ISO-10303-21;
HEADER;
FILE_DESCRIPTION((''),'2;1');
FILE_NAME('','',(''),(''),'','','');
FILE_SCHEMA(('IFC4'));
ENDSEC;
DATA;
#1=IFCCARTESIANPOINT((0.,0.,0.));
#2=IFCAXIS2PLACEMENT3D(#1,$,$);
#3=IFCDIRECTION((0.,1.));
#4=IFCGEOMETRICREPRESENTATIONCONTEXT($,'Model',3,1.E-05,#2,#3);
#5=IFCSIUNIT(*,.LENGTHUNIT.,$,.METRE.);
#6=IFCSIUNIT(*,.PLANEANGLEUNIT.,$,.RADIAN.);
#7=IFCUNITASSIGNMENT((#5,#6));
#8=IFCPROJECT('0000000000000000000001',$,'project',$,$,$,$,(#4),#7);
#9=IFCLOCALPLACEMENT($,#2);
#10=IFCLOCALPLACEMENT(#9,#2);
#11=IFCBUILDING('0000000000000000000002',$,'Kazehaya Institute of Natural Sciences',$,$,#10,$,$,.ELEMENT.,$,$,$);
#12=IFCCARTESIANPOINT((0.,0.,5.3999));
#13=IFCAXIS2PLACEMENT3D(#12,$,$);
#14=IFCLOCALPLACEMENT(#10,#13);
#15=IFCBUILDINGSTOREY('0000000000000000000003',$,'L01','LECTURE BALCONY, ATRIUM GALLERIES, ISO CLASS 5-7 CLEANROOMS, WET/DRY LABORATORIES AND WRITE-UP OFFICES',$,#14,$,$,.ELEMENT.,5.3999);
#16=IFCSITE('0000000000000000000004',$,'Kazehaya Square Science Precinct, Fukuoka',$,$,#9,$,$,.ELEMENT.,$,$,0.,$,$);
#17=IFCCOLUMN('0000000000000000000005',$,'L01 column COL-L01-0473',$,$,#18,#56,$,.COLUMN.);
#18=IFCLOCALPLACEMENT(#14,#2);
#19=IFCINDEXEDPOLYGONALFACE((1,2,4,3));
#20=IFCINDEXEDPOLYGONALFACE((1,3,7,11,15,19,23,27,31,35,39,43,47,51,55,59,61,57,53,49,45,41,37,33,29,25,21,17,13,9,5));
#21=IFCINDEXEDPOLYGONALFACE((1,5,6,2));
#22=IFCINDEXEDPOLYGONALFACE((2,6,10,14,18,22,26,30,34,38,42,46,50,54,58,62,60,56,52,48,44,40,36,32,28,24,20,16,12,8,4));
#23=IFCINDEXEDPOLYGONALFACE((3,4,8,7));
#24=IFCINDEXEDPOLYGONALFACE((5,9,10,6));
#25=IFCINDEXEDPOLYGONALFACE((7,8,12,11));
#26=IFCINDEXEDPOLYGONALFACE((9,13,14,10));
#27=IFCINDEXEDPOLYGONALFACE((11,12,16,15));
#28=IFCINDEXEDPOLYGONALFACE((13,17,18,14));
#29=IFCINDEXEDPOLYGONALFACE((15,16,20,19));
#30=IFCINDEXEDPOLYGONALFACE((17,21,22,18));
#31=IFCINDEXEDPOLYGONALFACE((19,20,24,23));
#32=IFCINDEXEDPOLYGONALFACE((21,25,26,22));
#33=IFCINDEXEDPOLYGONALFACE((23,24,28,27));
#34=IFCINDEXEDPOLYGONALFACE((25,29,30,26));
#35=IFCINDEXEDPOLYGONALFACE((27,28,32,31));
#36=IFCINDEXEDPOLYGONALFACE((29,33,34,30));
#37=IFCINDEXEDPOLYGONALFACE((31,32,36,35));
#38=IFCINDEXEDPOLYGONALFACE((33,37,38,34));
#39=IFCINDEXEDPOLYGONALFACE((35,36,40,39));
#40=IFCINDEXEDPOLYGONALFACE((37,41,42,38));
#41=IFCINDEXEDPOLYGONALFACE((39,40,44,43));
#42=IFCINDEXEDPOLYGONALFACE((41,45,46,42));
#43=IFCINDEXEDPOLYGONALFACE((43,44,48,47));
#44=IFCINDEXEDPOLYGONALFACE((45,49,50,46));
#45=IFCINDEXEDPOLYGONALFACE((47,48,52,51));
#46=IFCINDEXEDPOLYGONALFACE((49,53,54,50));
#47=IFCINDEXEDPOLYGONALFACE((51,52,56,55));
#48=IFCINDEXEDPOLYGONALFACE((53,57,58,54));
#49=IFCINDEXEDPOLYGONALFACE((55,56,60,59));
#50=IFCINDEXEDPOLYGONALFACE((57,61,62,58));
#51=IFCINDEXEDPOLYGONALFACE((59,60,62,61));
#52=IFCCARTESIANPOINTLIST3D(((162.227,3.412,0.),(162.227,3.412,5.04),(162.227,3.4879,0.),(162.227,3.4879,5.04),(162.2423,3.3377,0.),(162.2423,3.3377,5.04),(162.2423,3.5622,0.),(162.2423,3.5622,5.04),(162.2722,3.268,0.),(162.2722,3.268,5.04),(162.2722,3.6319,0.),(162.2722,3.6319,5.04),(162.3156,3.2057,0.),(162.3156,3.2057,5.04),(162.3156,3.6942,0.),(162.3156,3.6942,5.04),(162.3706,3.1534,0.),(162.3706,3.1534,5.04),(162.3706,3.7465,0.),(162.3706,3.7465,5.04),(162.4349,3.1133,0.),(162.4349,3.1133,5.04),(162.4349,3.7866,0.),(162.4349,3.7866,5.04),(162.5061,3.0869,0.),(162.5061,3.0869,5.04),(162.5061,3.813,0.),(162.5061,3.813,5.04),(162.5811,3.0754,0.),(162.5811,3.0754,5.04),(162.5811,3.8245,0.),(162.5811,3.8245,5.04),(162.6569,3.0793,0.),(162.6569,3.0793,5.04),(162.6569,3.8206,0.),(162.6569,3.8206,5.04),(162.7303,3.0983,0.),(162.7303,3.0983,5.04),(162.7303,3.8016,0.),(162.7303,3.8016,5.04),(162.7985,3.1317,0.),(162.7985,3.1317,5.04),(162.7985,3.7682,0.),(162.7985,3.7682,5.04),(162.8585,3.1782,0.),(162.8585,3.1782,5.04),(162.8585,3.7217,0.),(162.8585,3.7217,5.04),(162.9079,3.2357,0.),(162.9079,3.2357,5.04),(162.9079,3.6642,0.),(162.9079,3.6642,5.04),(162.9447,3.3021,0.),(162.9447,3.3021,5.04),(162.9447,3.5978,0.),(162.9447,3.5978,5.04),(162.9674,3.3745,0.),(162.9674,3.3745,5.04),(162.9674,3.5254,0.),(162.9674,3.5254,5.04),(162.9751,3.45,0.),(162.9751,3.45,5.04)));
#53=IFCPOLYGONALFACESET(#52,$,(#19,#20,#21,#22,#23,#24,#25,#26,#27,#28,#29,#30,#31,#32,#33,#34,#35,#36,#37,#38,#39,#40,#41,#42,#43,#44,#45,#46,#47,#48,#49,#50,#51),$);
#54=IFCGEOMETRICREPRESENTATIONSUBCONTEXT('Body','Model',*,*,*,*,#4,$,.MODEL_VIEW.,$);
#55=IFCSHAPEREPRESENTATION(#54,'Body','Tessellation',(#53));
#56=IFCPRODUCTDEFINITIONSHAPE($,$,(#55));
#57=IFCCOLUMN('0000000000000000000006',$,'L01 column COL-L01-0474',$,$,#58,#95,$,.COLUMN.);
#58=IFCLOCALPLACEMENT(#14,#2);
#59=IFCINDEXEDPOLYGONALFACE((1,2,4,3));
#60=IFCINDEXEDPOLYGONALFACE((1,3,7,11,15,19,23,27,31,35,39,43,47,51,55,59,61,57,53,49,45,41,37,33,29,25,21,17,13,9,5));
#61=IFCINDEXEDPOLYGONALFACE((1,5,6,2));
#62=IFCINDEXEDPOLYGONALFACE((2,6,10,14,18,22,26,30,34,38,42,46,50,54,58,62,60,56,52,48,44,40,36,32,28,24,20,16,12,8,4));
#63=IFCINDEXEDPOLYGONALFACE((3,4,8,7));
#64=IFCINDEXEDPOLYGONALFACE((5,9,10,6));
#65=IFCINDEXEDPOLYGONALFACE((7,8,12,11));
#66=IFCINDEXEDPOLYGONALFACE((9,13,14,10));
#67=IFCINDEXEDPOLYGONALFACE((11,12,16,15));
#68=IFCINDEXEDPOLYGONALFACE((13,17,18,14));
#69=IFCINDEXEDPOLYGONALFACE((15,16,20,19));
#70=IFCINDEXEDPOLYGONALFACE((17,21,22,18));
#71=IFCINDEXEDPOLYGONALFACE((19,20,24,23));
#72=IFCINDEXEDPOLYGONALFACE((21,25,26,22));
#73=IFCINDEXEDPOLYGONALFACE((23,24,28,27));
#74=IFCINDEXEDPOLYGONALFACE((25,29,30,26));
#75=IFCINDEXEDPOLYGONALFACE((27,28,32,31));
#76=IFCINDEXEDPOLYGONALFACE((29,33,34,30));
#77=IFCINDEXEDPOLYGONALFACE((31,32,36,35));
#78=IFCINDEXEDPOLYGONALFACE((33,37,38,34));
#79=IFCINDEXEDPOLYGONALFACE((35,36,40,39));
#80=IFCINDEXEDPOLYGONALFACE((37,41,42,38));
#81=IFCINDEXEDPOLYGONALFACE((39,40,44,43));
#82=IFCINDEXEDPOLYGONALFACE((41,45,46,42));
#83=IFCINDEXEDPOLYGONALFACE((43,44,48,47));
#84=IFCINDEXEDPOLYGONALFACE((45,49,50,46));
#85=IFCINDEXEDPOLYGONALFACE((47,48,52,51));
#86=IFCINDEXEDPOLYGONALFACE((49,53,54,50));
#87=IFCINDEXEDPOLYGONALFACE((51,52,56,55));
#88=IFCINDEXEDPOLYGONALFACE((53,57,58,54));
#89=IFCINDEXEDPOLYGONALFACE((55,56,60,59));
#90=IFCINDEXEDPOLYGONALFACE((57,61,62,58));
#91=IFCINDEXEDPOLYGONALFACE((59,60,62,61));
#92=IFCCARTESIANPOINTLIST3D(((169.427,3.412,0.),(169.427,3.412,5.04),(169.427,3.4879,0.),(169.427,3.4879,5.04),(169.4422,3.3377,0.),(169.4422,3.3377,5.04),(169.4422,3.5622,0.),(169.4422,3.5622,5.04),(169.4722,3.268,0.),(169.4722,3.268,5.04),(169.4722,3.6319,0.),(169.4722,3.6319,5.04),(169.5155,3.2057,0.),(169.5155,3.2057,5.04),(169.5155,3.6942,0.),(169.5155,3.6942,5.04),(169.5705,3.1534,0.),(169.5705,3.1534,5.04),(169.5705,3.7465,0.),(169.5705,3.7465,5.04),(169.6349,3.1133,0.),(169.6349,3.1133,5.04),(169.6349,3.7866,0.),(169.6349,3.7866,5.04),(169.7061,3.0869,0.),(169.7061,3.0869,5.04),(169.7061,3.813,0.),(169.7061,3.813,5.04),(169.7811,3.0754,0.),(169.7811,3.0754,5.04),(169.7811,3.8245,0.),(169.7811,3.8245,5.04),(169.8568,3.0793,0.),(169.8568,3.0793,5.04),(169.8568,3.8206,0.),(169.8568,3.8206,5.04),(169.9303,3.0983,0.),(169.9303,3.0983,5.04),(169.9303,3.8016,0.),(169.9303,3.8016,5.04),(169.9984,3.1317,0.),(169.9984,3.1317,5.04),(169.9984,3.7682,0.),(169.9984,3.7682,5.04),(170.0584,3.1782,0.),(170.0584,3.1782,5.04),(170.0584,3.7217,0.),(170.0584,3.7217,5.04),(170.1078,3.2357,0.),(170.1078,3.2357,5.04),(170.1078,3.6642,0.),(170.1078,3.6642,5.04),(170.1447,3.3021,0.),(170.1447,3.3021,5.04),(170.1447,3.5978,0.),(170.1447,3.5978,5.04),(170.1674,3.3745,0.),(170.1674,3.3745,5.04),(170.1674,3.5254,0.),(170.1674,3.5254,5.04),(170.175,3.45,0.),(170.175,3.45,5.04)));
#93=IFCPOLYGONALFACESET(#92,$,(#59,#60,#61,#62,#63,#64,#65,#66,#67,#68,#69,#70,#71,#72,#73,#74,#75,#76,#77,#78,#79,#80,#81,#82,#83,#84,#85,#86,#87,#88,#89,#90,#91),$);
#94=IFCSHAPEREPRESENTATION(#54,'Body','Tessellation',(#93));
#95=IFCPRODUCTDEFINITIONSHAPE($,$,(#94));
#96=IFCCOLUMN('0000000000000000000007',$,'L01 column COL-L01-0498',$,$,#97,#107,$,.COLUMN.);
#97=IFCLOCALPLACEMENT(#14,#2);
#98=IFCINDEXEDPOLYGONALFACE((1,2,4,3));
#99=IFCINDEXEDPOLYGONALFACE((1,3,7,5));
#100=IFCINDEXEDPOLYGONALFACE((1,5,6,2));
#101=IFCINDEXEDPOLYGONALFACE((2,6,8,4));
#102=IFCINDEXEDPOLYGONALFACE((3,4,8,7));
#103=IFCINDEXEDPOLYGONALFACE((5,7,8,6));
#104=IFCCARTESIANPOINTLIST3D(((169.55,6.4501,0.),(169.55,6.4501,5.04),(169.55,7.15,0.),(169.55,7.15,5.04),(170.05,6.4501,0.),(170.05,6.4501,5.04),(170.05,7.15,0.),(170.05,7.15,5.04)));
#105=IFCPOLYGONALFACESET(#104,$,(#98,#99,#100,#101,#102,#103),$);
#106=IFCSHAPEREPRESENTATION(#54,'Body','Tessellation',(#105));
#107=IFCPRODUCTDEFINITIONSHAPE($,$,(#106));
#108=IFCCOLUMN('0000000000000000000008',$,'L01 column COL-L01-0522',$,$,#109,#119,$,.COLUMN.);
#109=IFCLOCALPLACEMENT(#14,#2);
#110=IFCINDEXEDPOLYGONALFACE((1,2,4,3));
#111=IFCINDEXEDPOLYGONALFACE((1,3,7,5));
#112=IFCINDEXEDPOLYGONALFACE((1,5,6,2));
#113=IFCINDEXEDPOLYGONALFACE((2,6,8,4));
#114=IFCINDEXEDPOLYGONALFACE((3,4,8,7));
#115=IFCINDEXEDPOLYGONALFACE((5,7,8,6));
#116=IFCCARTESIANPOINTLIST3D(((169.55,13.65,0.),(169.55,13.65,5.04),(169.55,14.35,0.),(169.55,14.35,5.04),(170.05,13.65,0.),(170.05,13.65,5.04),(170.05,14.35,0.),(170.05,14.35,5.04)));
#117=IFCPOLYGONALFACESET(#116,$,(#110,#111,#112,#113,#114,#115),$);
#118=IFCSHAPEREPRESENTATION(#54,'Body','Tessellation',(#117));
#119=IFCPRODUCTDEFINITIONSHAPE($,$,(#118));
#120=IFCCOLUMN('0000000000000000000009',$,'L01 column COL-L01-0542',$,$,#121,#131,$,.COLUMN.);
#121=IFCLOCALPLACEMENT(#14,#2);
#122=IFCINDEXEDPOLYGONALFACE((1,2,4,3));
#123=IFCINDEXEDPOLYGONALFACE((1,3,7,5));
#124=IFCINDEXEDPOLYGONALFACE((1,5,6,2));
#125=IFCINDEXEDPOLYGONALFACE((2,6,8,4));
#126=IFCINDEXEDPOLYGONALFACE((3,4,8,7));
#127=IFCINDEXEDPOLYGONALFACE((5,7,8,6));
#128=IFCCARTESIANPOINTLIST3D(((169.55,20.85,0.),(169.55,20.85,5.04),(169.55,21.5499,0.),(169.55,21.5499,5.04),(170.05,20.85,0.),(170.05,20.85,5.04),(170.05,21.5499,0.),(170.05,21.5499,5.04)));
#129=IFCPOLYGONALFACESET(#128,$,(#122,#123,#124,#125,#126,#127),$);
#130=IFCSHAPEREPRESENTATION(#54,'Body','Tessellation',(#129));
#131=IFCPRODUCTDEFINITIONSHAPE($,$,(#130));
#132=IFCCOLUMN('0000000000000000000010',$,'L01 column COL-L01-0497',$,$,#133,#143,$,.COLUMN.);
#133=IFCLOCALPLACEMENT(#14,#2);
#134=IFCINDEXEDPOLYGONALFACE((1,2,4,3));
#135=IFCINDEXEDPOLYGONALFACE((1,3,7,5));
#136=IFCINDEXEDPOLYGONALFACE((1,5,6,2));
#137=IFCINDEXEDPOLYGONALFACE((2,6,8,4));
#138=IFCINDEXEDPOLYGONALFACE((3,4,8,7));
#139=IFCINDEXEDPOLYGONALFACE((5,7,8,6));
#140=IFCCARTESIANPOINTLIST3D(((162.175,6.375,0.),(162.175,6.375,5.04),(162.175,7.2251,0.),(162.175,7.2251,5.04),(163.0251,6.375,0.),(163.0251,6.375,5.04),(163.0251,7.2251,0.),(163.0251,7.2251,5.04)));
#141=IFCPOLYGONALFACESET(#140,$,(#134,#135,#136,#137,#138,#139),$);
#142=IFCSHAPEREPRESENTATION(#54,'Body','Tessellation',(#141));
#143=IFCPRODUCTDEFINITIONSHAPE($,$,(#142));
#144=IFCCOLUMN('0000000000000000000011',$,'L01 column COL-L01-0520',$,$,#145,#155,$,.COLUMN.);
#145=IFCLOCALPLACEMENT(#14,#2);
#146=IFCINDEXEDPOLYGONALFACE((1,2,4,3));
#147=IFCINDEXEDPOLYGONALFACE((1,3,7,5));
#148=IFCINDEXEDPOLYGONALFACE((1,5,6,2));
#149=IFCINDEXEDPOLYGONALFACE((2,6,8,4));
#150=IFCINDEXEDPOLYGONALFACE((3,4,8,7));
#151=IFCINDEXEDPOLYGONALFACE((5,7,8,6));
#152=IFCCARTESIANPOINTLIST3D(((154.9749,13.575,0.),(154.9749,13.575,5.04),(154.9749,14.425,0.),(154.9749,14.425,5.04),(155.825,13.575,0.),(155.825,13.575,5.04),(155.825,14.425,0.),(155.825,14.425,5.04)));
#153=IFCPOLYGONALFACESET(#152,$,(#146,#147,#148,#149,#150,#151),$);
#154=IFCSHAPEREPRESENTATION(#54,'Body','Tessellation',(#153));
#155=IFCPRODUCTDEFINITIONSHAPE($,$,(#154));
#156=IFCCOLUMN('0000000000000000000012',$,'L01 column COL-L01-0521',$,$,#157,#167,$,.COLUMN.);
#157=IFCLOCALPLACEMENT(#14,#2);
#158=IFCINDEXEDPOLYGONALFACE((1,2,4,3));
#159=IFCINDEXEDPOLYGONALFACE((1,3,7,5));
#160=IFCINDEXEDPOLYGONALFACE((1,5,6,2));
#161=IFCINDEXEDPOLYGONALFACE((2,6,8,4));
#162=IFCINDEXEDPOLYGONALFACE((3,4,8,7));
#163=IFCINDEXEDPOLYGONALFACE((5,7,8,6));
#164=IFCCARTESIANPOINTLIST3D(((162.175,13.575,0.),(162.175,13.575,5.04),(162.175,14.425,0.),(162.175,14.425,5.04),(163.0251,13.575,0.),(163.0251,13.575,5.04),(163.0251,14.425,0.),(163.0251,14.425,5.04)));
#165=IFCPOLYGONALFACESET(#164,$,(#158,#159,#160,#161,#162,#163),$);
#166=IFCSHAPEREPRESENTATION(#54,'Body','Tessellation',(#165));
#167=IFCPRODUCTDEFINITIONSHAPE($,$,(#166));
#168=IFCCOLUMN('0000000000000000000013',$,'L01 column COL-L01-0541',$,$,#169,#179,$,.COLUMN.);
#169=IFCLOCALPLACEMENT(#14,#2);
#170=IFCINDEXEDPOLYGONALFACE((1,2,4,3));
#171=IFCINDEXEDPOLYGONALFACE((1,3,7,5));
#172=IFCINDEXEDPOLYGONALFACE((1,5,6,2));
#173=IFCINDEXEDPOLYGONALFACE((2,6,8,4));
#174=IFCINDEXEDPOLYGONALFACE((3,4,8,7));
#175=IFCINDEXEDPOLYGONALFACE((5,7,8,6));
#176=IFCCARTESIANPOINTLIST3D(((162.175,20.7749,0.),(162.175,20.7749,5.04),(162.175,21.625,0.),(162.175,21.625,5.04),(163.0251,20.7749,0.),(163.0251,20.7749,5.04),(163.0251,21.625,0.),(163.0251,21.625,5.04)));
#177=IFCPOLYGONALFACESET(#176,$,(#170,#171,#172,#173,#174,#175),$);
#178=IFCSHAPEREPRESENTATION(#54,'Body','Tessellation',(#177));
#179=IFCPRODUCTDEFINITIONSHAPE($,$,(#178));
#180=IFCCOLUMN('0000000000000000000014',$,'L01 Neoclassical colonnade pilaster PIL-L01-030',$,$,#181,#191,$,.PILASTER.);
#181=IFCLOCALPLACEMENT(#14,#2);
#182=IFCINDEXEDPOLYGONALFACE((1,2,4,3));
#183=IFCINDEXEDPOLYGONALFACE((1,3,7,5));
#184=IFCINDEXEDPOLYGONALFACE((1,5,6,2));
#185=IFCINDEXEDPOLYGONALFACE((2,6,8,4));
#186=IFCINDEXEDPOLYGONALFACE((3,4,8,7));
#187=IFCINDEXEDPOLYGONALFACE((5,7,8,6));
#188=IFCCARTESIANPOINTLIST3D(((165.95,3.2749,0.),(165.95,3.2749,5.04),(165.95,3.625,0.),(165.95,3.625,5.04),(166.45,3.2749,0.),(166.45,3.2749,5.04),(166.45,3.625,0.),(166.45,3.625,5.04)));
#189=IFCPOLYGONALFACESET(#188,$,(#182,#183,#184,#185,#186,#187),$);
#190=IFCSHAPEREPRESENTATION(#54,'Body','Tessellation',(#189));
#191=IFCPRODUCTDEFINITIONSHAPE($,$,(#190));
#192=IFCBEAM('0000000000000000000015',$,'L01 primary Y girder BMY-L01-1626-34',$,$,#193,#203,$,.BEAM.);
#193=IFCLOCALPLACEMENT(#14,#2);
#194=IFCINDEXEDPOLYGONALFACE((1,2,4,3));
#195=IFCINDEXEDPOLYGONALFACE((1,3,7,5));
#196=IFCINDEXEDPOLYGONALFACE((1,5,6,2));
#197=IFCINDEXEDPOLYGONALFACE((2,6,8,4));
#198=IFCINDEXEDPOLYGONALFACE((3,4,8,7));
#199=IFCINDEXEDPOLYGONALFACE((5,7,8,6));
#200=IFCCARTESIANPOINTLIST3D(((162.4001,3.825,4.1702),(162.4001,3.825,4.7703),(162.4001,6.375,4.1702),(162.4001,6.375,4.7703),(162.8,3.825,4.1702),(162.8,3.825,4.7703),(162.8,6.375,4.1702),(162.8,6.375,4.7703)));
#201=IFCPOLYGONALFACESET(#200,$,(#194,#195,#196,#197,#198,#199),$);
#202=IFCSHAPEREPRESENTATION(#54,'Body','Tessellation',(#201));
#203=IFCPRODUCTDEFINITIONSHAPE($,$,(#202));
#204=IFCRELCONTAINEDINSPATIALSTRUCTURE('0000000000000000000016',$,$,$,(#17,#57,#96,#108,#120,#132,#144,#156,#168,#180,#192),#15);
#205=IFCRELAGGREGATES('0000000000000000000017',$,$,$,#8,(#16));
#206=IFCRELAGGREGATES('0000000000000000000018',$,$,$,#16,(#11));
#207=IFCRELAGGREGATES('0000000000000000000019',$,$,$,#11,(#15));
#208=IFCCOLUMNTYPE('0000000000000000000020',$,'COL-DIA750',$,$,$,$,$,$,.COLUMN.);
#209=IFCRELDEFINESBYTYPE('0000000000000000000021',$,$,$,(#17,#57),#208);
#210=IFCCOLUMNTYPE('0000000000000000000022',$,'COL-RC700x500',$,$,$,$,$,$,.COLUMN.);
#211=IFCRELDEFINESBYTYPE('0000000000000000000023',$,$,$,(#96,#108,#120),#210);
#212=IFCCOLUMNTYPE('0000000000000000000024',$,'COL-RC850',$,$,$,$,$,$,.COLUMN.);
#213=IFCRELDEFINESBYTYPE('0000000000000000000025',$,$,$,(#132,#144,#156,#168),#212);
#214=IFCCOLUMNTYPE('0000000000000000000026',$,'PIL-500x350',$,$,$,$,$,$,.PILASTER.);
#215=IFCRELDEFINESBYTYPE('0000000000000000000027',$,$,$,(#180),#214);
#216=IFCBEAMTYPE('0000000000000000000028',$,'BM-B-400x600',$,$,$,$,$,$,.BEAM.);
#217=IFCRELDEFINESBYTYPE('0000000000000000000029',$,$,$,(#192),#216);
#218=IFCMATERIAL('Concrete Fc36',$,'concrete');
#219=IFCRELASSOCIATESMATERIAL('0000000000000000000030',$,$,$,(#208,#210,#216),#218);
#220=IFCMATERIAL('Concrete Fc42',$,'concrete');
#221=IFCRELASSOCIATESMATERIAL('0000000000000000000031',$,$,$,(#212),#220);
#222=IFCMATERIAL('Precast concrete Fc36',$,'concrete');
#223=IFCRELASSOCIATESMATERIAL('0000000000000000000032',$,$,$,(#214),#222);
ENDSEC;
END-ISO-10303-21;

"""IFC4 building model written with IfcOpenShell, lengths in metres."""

from ifc_helpers import new_model, si_unit, direction, frame, origin, origin_2d, place, context, subcontext, project, spatial, rectangle, circle, extrude, material, material_profile, profile_set, type_object, element, save


model = new_model("IFC4")

# Units and contexts
model_context = context("Model", 3, precision=1e-05, world=origin(), true_north=direction((0.0, 1.0)))
body_context = subcontext(model_context, "Body", "Model", "MODEL_VIEW")
ifc_project = project(units=[si_unit("LENGTHUNIT", "METRE"), si_unit("PLANEANGLEUNIT", "RADIAN")], contexts=[model_context])

# Site, building, storey
site_placement = place(None, origin())
site = spatial("IfcSite", under=ifc_project, at=site_placement, Name="Kazehaya Square Science Precinct, Fukuoka", CompositionType="ELEMENT", RefElevation=0.0)
building_placement = place(site_placement, origin())
building = spatial("IfcBuilding", under=site, at=building_placement, Name="Kazehaya Institute of Natural Sciences", CompositionType="ELEMENT")
storey_placement = place(building_placement, frame((0.0, 0.0, 5.3999)))
storey = spatial("IfcBuildingStorey", under=building, at=storey_placement, Name="L01", Description="LECTURE BALCONY, ATRIUM GALLERIES, ISO CLASS 5-7 CLEANROOMS, WET/DRY LABORATORIES AND WRITE-UP OFFICES", CompositionType="ELEMENT", Elevation=5.3999)

# Columns
ifc_material_1 = material(Name="Concrete Fc36", Category="concrete")
ifc_material_profile_1 = material_profile(ifc_material_1, circle(Radius=0.375, at=origin_2d()), Name="RC-DIA750")
ifc_profile_set_1 = profile_set([ifc_material_profile_1], Name="Concrete Fc36")
column_type_1 = type_object("IfcColumnType", Name="COL-DIA750", PredefinedType="COLUMN", material=ifc_profile_set_1)
for number, where, z_axis, x_axis, name in (
    (1, (162.6001, 3.45, 0.0), (0.0, 0.0, 1.0), (1.0, 0.0, 0.0), "L01 column COL-L01-0473"),
    (2, (169.8, 3.45, 0.0), (0.0, 0.0, 1.0), (1.0, 0.0, 0.0), "L01 column COL-L01-0474"),
):
    element("IfcColumn", number, at=place(storey_placement, frame(where, z_axis=z_axis, x_axis=x_axis)), inside=storey, type_object=column_type_1, Name=name, PredefinedType="COLUMN", context=body_context, shape_type="SweptSolid", body=[
        extrude(circle(Radius=0.375, at=origin_2d()), origin(), (0.0, 0.0, 1.0), 5.04),
    ])
ifc_material_profile_2 = material_profile(ifc_material_1, rectangle(XDim=0.5, YDim=0.7, at=origin_2d()), Name="RC-700x500")
ifc_profile_set_2 = profile_set([ifc_material_profile_2], Name="Concrete Fc36")
column_type_2 = type_object("IfcColumnType", Name="COL-RC700x500", PredefinedType="COLUMN", material=ifc_profile_set_2)
for number, where, z_axis, x_axis, name in (
    (3, (169.8, 6.8, 0.0), (0.0, 0.0, 1.0), (1.0, 0.0, 0.0), "L01 column COL-L01-0498"),
    (4, (169.8, 14.0, 0.0), (0.0, 0.0, 1.0), (1.0, 0.0, 0.0), "L01 column COL-L01-0522"),
    (5, (169.8, 21.2, 0.0), (0.0, 0.0, 1.0), (1.0, 0.0, 0.0), "L01 column COL-L01-0542"),
):
    element("IfcColumn", number, at=place(storey_placement, frame(where, z_axis=z_axis, x_axis=x_axis)), inside=storey, type_object=column_type_2, Name=name, PredefinedType="COLUMN", context=body_context, shape_type="SweptSolid", body=[
        extrude(rectangle(XDim=0.5, YDim=0.7, at=origin_2d()), origin(), (0.0, 0.0, 1.0), 5.04),
    ])
ifc_material_2 = material(Name="Concrete Fc42", Category="concrete")
ifc_material_profile_3 = material_profile(ifc_material_2, rectangle(XDim=0.8501, YDim=0.8501, at=origin_2d()), Name="RC-850x850")
ifc_profile_set_3 = profile_set([ifc_material_profile_3], Name="Concrete Fc42")
column_type_3 = type_object("IfcColumnType", Name="COL-RC850", PredefinedType="COLUMN", material=ifc_profile_set_3)
for number, where, z_axis, x_axis, name in (
    (6, (162.6001, 6.8, 0.0), (0.0, 0.0, 1.0), (1.0, 0.0, 0.0), "L01 column COL-L01-0497"),
    (7, (155.3999, 14.0, 0.0), (0.0, 0.0, 1.0), (1.0, 0.0, 0.0), "L01 column COL-L01-0520"),
    (8, (162.6001, 14.0, 0.0), (0.0, 0.0, 1.0), (1.0, 0.0, 0.0), "L01 column COL-L01-0521"),
    (9, (162.6001, 21.2, 0.0), (0.0, 0.0, 1.0), (1.0, 0.0, 0.0), "L01 column COL-L01-0541"),
):
    element("IfcColumn", number, at=place(storey_placement, frame(where, z_axis=z_axis, x_axis=x_axis)), inside=storey, type_object=column_type_3, Name=name, PredefinedType="COLUMN", context=body_context, shape_type="SweptSolid", body=[
        extrude(rectangle(XDim=0.8501, YDim=0.8501, at=origin_2d()), origin(), (0.0, 0.0, 1.0), 5.04),
    ])
ifc_material_3 = material(Name="Precast concrete Fc36", Category="concrete")
ifc_material_profile_4 = material_profile(ifc_material_3, rectangle(XDim=0.5, YDim=0.3501, at=origin_2d()), Name="RC-PIL-500x350")
ifc_profile_set_4 = profile_set([ifc_material_profile_4], Name="Precast concrete Fc36")
column_type_4 = type_object("IfcColumnType", Name="PIL-500x350", PredefinedType="PILASTER", material=ifc_profile_set_4)
column_placement = place(storey_placement, frame((166.2, 3.45, 0.0), z_axis=(0.0, 0.0, 1.0), x_axis=(1.0, 0.0, 0.0)))
element("IfcColumn", 10, at=column_placement, inside=storey, type_object=column_type_4, Name="L01 Neoclassical colonnade pilaster PIL-L01-030", PredefinedType="PILASTER", context=body_context, shape_type="SweptSolid", body=[
    extrude(rectangle(XDim=0.5, YDim=0.3501, at=origin_2d()), origin(), (0.0, 0.0, 1.0), 5.04),
])

# Beam
ifc_material_profile_5 = material_profile(ifc_material_1, rectangle(XDim=0.3999, YDim=0.6001, at=origin_2d()), Name="RC-400x600")
ifc_profile_set_5 = profile_set([ifc_material_profile_5], Name="Concrete Fc36")
beam_type_1 = type_object("IfcBeamType", Name="BM-B-400x600", PredefinedType="BEAM", material=ifc_profile_set_5)
beam_1_placement = place(storey_placement, frame((162.6001, 3.825, 4.4702), z_axis=(0.0, 1.0, 0.0), x_axis=(-1.0, 0.0, 0.0)))
element("IfcBeam", 11, at=beam_1_placement, inside=storey, type_object=beam_type_1, Name="L01 primary Y girder BMY-L01-1626-34", PredefinedType="BEAM", context=body_context, shape_type="SweptSolid", body=[
    extrude(rectangle(XDim=0.3999, YDim=0.6001, at=origin_2d()), origin(), (0.0, 0.0, 1.0), 2.55),
])

save(model, "model.ifc")
